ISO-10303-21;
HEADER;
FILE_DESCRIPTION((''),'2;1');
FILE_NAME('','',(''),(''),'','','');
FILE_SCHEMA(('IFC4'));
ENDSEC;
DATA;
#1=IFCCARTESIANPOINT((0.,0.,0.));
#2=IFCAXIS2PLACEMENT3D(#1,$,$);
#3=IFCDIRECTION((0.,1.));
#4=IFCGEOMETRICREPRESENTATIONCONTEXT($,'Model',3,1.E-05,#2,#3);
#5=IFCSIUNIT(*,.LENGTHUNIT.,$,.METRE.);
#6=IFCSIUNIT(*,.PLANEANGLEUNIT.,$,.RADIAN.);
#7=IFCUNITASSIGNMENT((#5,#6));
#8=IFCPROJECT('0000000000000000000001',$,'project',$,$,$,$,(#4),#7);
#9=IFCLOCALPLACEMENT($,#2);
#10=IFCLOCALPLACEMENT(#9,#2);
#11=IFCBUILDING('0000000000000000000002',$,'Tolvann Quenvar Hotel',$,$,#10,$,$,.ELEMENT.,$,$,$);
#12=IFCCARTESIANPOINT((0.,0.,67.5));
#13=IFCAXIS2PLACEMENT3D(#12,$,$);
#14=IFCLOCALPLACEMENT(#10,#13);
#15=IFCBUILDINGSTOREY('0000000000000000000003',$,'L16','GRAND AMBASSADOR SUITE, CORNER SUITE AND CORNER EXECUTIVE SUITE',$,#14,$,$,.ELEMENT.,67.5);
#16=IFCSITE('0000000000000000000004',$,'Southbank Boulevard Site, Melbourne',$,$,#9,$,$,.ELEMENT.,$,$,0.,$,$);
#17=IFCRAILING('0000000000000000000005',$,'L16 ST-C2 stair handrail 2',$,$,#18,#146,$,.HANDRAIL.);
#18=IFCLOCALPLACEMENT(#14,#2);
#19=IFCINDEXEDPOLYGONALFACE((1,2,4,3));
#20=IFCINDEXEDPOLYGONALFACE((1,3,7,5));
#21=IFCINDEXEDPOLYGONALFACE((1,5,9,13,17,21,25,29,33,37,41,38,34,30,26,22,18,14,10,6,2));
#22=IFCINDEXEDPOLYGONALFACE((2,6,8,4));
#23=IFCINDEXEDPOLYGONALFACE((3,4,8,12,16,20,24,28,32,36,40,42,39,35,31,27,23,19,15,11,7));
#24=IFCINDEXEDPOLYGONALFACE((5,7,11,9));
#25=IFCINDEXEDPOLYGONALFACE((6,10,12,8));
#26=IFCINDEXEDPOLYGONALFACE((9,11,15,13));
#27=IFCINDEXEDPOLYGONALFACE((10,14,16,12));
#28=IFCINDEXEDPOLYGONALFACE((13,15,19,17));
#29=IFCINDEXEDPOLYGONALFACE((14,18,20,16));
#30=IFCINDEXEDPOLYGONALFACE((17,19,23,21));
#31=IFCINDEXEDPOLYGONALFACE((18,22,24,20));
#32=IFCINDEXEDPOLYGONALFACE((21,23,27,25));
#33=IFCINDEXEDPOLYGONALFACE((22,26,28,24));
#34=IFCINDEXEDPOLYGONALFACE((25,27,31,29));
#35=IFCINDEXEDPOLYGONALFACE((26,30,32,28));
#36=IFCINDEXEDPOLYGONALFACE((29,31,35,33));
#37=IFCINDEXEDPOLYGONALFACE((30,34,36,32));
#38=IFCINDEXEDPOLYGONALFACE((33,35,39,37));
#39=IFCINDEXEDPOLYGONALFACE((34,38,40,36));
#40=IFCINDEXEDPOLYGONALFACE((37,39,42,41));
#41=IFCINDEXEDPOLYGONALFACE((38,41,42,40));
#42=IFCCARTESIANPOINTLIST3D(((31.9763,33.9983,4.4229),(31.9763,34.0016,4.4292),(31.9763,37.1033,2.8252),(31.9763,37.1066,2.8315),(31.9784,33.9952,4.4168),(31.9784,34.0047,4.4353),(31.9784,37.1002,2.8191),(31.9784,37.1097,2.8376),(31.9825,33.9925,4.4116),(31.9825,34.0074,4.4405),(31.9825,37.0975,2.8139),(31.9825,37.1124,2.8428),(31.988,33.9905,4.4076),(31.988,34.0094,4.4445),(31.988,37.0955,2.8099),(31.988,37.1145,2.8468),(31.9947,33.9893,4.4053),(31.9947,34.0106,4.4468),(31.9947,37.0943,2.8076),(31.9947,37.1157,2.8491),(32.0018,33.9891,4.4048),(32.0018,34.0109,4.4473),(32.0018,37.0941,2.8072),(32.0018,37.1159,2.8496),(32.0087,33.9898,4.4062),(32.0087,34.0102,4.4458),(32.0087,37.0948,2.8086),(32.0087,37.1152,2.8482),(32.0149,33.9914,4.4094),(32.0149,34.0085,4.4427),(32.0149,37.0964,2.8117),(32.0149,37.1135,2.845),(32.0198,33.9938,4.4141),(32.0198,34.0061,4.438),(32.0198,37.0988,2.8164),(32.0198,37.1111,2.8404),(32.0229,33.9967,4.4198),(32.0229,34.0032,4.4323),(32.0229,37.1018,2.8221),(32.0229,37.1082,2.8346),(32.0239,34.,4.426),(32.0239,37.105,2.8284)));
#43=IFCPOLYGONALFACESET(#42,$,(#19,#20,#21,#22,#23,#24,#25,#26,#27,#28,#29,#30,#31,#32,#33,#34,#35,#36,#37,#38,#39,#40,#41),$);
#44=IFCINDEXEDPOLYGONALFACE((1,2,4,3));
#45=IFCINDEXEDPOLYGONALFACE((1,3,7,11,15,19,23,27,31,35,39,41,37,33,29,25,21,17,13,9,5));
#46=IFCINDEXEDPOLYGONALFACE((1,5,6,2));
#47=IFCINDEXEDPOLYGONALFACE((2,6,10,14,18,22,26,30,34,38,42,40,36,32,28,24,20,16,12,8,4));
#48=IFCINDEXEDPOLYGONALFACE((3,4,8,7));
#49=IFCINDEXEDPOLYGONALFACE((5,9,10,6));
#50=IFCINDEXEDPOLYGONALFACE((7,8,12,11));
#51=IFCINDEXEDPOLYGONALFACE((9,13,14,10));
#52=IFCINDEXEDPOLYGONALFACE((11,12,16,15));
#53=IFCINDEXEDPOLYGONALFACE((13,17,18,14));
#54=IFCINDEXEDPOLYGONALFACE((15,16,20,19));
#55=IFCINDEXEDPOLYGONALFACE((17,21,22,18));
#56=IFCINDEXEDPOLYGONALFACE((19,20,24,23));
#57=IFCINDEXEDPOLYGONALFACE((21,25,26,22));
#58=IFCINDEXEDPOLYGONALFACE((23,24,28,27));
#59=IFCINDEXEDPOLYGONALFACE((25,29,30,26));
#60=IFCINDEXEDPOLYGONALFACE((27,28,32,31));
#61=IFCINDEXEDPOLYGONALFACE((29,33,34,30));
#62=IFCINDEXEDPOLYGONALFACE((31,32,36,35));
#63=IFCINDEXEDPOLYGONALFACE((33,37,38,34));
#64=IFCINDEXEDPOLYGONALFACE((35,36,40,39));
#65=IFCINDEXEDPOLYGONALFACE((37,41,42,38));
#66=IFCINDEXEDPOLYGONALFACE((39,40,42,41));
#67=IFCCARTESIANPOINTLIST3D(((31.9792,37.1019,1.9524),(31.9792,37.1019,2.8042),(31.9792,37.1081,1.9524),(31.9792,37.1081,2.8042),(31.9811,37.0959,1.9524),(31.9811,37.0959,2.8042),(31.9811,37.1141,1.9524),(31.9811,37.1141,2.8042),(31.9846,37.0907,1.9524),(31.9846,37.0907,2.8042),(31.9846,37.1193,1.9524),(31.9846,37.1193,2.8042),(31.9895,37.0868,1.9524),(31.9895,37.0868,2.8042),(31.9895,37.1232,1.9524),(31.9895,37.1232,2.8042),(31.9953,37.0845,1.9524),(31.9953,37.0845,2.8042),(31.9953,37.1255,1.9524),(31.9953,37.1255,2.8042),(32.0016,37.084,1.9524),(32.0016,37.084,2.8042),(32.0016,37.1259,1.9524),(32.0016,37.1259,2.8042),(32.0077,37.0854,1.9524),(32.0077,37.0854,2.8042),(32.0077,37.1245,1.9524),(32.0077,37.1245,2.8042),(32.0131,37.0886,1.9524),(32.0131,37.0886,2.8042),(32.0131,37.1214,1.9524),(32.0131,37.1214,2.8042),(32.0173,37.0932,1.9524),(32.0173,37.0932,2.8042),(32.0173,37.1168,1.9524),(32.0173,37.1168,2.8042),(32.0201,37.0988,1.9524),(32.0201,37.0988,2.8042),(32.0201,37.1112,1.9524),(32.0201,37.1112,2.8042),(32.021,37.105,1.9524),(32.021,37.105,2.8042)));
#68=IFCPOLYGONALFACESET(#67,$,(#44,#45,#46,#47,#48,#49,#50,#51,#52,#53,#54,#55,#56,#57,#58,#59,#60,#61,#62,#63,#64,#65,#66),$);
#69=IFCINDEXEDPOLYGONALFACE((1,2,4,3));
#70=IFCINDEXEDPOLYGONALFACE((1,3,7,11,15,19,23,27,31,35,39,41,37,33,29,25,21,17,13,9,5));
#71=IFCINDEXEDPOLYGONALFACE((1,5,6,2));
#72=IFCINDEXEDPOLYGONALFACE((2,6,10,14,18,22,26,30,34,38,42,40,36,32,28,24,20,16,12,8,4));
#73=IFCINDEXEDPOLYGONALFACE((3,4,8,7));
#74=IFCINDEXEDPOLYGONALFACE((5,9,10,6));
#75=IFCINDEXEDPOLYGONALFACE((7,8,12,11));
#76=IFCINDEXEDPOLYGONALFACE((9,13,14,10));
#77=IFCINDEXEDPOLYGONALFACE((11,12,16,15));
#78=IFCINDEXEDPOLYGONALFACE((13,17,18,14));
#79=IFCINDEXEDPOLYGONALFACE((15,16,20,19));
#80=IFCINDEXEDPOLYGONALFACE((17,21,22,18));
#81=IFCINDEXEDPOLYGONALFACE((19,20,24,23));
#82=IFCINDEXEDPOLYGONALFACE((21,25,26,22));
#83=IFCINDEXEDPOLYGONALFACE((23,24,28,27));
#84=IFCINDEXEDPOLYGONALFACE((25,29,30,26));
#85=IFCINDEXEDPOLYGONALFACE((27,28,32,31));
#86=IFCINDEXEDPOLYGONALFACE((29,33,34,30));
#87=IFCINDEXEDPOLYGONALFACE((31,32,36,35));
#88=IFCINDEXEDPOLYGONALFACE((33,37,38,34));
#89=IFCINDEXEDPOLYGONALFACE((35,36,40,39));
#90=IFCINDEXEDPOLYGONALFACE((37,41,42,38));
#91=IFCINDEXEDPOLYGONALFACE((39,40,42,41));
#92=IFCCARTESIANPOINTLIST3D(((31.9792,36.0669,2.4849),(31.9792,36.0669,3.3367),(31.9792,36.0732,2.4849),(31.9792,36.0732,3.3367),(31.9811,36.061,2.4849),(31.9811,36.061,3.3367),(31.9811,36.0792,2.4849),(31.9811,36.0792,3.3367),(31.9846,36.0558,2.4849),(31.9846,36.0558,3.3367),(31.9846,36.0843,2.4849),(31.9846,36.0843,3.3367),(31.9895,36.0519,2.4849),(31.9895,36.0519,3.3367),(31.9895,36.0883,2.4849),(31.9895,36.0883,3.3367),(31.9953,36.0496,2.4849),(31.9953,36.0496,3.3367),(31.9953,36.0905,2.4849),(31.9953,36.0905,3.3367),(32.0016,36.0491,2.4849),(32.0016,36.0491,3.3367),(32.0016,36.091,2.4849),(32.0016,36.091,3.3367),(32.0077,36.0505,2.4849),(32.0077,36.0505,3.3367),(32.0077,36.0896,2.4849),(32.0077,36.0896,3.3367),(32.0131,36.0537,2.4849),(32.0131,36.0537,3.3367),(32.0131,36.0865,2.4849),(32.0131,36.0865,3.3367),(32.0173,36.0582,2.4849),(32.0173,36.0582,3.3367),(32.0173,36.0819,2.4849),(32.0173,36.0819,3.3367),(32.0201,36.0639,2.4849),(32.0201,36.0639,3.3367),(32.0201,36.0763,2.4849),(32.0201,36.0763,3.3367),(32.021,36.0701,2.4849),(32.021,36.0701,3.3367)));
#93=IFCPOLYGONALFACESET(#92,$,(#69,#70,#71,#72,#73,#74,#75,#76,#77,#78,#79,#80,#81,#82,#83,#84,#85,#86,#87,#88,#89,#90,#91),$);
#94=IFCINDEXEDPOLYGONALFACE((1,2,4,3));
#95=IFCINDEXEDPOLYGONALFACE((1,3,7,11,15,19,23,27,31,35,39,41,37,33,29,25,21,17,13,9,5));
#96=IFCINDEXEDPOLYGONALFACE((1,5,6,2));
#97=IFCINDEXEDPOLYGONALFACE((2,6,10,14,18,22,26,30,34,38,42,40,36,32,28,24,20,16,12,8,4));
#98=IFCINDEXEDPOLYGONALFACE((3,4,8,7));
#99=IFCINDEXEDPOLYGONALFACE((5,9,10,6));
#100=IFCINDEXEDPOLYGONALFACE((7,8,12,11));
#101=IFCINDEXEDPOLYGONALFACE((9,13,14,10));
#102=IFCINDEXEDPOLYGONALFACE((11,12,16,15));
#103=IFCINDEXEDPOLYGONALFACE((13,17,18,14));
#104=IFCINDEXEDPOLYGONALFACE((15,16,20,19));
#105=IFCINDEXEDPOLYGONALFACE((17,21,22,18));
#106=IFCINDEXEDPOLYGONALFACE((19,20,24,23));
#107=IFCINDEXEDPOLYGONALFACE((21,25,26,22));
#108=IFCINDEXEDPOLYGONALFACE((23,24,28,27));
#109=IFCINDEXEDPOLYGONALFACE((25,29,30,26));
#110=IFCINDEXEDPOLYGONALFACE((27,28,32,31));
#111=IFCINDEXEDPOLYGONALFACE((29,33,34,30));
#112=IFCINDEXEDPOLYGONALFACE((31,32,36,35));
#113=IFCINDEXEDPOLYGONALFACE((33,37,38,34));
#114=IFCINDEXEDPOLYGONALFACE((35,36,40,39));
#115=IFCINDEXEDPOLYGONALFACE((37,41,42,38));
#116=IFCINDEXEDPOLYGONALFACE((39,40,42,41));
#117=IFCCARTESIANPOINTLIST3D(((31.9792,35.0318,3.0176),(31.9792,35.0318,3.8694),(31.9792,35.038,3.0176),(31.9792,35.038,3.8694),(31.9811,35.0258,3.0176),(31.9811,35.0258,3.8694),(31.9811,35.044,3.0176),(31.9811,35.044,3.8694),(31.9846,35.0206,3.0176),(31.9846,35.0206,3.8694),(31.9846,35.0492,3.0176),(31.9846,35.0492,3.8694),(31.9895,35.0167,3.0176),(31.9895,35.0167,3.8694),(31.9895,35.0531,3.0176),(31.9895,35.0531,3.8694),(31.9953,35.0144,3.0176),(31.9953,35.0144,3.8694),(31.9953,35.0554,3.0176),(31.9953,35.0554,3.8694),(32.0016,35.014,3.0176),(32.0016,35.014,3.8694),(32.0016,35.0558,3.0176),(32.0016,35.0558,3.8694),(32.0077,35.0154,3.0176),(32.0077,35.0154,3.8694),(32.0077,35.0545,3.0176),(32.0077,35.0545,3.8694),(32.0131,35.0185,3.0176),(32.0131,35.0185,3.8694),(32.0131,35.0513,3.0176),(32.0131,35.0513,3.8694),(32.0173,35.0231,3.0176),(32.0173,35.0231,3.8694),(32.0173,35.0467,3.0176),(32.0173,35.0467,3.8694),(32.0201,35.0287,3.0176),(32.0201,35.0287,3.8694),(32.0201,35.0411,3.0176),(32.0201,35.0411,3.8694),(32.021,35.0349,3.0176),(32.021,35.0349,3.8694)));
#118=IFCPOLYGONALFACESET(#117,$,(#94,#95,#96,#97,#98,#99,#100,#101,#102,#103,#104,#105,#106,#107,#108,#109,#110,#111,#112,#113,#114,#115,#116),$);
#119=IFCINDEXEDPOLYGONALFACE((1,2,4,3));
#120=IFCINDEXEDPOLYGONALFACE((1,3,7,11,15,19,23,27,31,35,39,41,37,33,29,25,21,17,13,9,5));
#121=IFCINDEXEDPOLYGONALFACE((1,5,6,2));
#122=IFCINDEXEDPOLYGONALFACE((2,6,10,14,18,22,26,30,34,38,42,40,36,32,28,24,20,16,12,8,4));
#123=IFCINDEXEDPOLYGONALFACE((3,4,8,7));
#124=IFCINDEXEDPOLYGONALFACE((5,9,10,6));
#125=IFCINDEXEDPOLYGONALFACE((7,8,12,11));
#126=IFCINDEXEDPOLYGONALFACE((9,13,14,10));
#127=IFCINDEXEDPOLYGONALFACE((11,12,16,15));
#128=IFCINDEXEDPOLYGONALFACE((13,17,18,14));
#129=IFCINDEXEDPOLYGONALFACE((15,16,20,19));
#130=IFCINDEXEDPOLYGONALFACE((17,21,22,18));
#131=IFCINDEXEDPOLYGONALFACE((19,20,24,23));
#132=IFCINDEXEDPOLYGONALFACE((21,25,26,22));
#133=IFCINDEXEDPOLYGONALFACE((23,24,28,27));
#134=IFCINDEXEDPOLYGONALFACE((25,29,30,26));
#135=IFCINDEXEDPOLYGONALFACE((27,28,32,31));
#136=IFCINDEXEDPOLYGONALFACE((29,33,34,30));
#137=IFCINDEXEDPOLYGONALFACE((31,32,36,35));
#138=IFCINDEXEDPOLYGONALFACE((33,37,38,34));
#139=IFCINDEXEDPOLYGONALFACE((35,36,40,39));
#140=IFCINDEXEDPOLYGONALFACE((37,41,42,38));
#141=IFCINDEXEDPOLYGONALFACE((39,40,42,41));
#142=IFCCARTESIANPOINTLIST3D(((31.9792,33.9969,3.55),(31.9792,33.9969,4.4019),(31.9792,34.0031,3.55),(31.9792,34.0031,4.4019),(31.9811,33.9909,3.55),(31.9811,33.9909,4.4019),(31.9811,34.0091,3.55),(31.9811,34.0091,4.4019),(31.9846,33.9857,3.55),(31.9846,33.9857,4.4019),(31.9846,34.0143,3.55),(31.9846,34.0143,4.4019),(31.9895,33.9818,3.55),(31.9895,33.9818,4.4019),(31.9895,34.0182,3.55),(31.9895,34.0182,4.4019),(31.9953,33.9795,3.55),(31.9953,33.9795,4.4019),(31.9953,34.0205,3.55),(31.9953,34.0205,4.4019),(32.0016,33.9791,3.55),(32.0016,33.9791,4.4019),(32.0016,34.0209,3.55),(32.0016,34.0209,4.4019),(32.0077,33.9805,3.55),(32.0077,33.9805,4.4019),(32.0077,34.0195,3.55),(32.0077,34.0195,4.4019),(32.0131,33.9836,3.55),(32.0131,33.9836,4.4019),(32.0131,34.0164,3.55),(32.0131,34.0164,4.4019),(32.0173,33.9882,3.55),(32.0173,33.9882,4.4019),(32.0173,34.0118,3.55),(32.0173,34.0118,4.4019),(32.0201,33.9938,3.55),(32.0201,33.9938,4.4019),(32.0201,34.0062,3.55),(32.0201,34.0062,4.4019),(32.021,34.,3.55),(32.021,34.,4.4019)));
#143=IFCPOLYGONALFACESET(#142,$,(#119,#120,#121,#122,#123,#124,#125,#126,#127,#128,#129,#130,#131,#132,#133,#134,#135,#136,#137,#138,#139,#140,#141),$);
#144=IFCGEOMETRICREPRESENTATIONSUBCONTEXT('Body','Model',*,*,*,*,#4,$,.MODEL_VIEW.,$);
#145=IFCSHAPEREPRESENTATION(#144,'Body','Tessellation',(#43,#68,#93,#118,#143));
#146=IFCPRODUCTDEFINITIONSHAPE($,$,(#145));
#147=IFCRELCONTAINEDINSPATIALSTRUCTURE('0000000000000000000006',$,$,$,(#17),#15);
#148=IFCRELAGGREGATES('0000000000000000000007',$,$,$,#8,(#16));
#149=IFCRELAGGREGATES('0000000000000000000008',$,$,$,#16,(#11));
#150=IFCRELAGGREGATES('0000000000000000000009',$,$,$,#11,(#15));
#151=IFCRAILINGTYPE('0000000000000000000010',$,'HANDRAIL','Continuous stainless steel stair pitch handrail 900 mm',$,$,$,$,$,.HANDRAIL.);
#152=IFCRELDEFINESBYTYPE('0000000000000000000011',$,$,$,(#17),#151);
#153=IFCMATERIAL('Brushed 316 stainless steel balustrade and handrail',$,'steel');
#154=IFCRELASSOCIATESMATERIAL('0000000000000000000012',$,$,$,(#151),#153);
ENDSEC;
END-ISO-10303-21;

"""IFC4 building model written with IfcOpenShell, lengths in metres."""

from ifc_helpers import new_model, si_unit, direction, frame, origin, origin_2d, place, context, subcontext, project, spatial, circle, extrude, material, type_object, element, save


model = new_model("IFC4")

# Units and contexts
model_context = context("Model", 3, precision=1e-05, world=origin(), true_north=direction((0.0, 1.0)))
body_context = subcontext(model_context, "Body", "Model", "MODEL_VIEW")
ifc_project = project(units=[si_unit("LENGTHUNIT", "METRE"), si_unit("PLANEANGLEUNIT", "RADIAN")], contexts=[model_context])

# Site, building, storey
site_placement = place(None, origin())
site = spatial("IfcSite", under=ifc_project, at=site_placement, Name="Southbank Boulevard Site, Melbourne", CompositionType="ELEMENT", RefElevation=0.0)
building_placement = place(site_placement, origin())
building = spatial("IfcBuilding", under=site, at=building_placement, Name="Tolvann Quenvar Hotel", CompositionType="ELEMENT")
storey_placement = place(building_placement, frame((0.0, 0.0, 67.5)))
storey = spatial("IfcBuildingStorey", under=building, at=storey_placement, Name="L16", Description="GRAND AMBASSADOR SUITE, CORNER SUITE AND CORNER EXECUTIVE SUITE", CompositionType="ELEMENT", Elevation=67.5)

# Railing
ifc_material_1 = material(Name="Brushed 316 stainless steel balustrade and handrail", Category="steel")
railing_type_1 = type_object("IfcRailingType", Name="HANDRAIL", Description="Continuous stainless steel stair pitch handrail 900 mm", PredefinedType="HANDRAIL", material=ifc_material_1)
railing_1_placement = place(storey_placement, frame((32.0, 37.105, 1.9524)))
element("IfcRailing", 1, at=railing_1_placement, inside=storey, type_object=railing_type_1, Name="L16 ST-C2 stair handrail 2", PredefinedType="HANDRAIL", context=body_context, shape_type="SweptSolid", body=[
    extrude(circle(Radius=0.0239, at=origin_2d()), frame((0.0, 0.0, 0.876), z_axis=(0.0, -0.889194, 0.457531), x_axis=(1.0, 0.0, 0.0)), (0.0, 0.0, 1.0), 3.4919),
    extrude(circle(Radius=0.021, at=origin_2d()), origin(), (0.0, 0.0, 1.0), 0.8518),
    extrude(circle(Radius=0.021, at=origin_2d()), frame((0.0, -1.0349, 0.5325)), (0.0, 0.0, 1.0), 0.8518),
    extrude(circle(Radius=0.021, at=origin_2d()), frame((0.0, -2.0701, 1.0652)), (0.0, 0.0, 1.0), 0.8518),
    extrude(circle(Radius=0.021, at=origin_2d()), frame((0.0, -3.105, 1.5977)), (0.0, 0.0, 1.0), 0.8518),
])

save(model, "model.ifc")
